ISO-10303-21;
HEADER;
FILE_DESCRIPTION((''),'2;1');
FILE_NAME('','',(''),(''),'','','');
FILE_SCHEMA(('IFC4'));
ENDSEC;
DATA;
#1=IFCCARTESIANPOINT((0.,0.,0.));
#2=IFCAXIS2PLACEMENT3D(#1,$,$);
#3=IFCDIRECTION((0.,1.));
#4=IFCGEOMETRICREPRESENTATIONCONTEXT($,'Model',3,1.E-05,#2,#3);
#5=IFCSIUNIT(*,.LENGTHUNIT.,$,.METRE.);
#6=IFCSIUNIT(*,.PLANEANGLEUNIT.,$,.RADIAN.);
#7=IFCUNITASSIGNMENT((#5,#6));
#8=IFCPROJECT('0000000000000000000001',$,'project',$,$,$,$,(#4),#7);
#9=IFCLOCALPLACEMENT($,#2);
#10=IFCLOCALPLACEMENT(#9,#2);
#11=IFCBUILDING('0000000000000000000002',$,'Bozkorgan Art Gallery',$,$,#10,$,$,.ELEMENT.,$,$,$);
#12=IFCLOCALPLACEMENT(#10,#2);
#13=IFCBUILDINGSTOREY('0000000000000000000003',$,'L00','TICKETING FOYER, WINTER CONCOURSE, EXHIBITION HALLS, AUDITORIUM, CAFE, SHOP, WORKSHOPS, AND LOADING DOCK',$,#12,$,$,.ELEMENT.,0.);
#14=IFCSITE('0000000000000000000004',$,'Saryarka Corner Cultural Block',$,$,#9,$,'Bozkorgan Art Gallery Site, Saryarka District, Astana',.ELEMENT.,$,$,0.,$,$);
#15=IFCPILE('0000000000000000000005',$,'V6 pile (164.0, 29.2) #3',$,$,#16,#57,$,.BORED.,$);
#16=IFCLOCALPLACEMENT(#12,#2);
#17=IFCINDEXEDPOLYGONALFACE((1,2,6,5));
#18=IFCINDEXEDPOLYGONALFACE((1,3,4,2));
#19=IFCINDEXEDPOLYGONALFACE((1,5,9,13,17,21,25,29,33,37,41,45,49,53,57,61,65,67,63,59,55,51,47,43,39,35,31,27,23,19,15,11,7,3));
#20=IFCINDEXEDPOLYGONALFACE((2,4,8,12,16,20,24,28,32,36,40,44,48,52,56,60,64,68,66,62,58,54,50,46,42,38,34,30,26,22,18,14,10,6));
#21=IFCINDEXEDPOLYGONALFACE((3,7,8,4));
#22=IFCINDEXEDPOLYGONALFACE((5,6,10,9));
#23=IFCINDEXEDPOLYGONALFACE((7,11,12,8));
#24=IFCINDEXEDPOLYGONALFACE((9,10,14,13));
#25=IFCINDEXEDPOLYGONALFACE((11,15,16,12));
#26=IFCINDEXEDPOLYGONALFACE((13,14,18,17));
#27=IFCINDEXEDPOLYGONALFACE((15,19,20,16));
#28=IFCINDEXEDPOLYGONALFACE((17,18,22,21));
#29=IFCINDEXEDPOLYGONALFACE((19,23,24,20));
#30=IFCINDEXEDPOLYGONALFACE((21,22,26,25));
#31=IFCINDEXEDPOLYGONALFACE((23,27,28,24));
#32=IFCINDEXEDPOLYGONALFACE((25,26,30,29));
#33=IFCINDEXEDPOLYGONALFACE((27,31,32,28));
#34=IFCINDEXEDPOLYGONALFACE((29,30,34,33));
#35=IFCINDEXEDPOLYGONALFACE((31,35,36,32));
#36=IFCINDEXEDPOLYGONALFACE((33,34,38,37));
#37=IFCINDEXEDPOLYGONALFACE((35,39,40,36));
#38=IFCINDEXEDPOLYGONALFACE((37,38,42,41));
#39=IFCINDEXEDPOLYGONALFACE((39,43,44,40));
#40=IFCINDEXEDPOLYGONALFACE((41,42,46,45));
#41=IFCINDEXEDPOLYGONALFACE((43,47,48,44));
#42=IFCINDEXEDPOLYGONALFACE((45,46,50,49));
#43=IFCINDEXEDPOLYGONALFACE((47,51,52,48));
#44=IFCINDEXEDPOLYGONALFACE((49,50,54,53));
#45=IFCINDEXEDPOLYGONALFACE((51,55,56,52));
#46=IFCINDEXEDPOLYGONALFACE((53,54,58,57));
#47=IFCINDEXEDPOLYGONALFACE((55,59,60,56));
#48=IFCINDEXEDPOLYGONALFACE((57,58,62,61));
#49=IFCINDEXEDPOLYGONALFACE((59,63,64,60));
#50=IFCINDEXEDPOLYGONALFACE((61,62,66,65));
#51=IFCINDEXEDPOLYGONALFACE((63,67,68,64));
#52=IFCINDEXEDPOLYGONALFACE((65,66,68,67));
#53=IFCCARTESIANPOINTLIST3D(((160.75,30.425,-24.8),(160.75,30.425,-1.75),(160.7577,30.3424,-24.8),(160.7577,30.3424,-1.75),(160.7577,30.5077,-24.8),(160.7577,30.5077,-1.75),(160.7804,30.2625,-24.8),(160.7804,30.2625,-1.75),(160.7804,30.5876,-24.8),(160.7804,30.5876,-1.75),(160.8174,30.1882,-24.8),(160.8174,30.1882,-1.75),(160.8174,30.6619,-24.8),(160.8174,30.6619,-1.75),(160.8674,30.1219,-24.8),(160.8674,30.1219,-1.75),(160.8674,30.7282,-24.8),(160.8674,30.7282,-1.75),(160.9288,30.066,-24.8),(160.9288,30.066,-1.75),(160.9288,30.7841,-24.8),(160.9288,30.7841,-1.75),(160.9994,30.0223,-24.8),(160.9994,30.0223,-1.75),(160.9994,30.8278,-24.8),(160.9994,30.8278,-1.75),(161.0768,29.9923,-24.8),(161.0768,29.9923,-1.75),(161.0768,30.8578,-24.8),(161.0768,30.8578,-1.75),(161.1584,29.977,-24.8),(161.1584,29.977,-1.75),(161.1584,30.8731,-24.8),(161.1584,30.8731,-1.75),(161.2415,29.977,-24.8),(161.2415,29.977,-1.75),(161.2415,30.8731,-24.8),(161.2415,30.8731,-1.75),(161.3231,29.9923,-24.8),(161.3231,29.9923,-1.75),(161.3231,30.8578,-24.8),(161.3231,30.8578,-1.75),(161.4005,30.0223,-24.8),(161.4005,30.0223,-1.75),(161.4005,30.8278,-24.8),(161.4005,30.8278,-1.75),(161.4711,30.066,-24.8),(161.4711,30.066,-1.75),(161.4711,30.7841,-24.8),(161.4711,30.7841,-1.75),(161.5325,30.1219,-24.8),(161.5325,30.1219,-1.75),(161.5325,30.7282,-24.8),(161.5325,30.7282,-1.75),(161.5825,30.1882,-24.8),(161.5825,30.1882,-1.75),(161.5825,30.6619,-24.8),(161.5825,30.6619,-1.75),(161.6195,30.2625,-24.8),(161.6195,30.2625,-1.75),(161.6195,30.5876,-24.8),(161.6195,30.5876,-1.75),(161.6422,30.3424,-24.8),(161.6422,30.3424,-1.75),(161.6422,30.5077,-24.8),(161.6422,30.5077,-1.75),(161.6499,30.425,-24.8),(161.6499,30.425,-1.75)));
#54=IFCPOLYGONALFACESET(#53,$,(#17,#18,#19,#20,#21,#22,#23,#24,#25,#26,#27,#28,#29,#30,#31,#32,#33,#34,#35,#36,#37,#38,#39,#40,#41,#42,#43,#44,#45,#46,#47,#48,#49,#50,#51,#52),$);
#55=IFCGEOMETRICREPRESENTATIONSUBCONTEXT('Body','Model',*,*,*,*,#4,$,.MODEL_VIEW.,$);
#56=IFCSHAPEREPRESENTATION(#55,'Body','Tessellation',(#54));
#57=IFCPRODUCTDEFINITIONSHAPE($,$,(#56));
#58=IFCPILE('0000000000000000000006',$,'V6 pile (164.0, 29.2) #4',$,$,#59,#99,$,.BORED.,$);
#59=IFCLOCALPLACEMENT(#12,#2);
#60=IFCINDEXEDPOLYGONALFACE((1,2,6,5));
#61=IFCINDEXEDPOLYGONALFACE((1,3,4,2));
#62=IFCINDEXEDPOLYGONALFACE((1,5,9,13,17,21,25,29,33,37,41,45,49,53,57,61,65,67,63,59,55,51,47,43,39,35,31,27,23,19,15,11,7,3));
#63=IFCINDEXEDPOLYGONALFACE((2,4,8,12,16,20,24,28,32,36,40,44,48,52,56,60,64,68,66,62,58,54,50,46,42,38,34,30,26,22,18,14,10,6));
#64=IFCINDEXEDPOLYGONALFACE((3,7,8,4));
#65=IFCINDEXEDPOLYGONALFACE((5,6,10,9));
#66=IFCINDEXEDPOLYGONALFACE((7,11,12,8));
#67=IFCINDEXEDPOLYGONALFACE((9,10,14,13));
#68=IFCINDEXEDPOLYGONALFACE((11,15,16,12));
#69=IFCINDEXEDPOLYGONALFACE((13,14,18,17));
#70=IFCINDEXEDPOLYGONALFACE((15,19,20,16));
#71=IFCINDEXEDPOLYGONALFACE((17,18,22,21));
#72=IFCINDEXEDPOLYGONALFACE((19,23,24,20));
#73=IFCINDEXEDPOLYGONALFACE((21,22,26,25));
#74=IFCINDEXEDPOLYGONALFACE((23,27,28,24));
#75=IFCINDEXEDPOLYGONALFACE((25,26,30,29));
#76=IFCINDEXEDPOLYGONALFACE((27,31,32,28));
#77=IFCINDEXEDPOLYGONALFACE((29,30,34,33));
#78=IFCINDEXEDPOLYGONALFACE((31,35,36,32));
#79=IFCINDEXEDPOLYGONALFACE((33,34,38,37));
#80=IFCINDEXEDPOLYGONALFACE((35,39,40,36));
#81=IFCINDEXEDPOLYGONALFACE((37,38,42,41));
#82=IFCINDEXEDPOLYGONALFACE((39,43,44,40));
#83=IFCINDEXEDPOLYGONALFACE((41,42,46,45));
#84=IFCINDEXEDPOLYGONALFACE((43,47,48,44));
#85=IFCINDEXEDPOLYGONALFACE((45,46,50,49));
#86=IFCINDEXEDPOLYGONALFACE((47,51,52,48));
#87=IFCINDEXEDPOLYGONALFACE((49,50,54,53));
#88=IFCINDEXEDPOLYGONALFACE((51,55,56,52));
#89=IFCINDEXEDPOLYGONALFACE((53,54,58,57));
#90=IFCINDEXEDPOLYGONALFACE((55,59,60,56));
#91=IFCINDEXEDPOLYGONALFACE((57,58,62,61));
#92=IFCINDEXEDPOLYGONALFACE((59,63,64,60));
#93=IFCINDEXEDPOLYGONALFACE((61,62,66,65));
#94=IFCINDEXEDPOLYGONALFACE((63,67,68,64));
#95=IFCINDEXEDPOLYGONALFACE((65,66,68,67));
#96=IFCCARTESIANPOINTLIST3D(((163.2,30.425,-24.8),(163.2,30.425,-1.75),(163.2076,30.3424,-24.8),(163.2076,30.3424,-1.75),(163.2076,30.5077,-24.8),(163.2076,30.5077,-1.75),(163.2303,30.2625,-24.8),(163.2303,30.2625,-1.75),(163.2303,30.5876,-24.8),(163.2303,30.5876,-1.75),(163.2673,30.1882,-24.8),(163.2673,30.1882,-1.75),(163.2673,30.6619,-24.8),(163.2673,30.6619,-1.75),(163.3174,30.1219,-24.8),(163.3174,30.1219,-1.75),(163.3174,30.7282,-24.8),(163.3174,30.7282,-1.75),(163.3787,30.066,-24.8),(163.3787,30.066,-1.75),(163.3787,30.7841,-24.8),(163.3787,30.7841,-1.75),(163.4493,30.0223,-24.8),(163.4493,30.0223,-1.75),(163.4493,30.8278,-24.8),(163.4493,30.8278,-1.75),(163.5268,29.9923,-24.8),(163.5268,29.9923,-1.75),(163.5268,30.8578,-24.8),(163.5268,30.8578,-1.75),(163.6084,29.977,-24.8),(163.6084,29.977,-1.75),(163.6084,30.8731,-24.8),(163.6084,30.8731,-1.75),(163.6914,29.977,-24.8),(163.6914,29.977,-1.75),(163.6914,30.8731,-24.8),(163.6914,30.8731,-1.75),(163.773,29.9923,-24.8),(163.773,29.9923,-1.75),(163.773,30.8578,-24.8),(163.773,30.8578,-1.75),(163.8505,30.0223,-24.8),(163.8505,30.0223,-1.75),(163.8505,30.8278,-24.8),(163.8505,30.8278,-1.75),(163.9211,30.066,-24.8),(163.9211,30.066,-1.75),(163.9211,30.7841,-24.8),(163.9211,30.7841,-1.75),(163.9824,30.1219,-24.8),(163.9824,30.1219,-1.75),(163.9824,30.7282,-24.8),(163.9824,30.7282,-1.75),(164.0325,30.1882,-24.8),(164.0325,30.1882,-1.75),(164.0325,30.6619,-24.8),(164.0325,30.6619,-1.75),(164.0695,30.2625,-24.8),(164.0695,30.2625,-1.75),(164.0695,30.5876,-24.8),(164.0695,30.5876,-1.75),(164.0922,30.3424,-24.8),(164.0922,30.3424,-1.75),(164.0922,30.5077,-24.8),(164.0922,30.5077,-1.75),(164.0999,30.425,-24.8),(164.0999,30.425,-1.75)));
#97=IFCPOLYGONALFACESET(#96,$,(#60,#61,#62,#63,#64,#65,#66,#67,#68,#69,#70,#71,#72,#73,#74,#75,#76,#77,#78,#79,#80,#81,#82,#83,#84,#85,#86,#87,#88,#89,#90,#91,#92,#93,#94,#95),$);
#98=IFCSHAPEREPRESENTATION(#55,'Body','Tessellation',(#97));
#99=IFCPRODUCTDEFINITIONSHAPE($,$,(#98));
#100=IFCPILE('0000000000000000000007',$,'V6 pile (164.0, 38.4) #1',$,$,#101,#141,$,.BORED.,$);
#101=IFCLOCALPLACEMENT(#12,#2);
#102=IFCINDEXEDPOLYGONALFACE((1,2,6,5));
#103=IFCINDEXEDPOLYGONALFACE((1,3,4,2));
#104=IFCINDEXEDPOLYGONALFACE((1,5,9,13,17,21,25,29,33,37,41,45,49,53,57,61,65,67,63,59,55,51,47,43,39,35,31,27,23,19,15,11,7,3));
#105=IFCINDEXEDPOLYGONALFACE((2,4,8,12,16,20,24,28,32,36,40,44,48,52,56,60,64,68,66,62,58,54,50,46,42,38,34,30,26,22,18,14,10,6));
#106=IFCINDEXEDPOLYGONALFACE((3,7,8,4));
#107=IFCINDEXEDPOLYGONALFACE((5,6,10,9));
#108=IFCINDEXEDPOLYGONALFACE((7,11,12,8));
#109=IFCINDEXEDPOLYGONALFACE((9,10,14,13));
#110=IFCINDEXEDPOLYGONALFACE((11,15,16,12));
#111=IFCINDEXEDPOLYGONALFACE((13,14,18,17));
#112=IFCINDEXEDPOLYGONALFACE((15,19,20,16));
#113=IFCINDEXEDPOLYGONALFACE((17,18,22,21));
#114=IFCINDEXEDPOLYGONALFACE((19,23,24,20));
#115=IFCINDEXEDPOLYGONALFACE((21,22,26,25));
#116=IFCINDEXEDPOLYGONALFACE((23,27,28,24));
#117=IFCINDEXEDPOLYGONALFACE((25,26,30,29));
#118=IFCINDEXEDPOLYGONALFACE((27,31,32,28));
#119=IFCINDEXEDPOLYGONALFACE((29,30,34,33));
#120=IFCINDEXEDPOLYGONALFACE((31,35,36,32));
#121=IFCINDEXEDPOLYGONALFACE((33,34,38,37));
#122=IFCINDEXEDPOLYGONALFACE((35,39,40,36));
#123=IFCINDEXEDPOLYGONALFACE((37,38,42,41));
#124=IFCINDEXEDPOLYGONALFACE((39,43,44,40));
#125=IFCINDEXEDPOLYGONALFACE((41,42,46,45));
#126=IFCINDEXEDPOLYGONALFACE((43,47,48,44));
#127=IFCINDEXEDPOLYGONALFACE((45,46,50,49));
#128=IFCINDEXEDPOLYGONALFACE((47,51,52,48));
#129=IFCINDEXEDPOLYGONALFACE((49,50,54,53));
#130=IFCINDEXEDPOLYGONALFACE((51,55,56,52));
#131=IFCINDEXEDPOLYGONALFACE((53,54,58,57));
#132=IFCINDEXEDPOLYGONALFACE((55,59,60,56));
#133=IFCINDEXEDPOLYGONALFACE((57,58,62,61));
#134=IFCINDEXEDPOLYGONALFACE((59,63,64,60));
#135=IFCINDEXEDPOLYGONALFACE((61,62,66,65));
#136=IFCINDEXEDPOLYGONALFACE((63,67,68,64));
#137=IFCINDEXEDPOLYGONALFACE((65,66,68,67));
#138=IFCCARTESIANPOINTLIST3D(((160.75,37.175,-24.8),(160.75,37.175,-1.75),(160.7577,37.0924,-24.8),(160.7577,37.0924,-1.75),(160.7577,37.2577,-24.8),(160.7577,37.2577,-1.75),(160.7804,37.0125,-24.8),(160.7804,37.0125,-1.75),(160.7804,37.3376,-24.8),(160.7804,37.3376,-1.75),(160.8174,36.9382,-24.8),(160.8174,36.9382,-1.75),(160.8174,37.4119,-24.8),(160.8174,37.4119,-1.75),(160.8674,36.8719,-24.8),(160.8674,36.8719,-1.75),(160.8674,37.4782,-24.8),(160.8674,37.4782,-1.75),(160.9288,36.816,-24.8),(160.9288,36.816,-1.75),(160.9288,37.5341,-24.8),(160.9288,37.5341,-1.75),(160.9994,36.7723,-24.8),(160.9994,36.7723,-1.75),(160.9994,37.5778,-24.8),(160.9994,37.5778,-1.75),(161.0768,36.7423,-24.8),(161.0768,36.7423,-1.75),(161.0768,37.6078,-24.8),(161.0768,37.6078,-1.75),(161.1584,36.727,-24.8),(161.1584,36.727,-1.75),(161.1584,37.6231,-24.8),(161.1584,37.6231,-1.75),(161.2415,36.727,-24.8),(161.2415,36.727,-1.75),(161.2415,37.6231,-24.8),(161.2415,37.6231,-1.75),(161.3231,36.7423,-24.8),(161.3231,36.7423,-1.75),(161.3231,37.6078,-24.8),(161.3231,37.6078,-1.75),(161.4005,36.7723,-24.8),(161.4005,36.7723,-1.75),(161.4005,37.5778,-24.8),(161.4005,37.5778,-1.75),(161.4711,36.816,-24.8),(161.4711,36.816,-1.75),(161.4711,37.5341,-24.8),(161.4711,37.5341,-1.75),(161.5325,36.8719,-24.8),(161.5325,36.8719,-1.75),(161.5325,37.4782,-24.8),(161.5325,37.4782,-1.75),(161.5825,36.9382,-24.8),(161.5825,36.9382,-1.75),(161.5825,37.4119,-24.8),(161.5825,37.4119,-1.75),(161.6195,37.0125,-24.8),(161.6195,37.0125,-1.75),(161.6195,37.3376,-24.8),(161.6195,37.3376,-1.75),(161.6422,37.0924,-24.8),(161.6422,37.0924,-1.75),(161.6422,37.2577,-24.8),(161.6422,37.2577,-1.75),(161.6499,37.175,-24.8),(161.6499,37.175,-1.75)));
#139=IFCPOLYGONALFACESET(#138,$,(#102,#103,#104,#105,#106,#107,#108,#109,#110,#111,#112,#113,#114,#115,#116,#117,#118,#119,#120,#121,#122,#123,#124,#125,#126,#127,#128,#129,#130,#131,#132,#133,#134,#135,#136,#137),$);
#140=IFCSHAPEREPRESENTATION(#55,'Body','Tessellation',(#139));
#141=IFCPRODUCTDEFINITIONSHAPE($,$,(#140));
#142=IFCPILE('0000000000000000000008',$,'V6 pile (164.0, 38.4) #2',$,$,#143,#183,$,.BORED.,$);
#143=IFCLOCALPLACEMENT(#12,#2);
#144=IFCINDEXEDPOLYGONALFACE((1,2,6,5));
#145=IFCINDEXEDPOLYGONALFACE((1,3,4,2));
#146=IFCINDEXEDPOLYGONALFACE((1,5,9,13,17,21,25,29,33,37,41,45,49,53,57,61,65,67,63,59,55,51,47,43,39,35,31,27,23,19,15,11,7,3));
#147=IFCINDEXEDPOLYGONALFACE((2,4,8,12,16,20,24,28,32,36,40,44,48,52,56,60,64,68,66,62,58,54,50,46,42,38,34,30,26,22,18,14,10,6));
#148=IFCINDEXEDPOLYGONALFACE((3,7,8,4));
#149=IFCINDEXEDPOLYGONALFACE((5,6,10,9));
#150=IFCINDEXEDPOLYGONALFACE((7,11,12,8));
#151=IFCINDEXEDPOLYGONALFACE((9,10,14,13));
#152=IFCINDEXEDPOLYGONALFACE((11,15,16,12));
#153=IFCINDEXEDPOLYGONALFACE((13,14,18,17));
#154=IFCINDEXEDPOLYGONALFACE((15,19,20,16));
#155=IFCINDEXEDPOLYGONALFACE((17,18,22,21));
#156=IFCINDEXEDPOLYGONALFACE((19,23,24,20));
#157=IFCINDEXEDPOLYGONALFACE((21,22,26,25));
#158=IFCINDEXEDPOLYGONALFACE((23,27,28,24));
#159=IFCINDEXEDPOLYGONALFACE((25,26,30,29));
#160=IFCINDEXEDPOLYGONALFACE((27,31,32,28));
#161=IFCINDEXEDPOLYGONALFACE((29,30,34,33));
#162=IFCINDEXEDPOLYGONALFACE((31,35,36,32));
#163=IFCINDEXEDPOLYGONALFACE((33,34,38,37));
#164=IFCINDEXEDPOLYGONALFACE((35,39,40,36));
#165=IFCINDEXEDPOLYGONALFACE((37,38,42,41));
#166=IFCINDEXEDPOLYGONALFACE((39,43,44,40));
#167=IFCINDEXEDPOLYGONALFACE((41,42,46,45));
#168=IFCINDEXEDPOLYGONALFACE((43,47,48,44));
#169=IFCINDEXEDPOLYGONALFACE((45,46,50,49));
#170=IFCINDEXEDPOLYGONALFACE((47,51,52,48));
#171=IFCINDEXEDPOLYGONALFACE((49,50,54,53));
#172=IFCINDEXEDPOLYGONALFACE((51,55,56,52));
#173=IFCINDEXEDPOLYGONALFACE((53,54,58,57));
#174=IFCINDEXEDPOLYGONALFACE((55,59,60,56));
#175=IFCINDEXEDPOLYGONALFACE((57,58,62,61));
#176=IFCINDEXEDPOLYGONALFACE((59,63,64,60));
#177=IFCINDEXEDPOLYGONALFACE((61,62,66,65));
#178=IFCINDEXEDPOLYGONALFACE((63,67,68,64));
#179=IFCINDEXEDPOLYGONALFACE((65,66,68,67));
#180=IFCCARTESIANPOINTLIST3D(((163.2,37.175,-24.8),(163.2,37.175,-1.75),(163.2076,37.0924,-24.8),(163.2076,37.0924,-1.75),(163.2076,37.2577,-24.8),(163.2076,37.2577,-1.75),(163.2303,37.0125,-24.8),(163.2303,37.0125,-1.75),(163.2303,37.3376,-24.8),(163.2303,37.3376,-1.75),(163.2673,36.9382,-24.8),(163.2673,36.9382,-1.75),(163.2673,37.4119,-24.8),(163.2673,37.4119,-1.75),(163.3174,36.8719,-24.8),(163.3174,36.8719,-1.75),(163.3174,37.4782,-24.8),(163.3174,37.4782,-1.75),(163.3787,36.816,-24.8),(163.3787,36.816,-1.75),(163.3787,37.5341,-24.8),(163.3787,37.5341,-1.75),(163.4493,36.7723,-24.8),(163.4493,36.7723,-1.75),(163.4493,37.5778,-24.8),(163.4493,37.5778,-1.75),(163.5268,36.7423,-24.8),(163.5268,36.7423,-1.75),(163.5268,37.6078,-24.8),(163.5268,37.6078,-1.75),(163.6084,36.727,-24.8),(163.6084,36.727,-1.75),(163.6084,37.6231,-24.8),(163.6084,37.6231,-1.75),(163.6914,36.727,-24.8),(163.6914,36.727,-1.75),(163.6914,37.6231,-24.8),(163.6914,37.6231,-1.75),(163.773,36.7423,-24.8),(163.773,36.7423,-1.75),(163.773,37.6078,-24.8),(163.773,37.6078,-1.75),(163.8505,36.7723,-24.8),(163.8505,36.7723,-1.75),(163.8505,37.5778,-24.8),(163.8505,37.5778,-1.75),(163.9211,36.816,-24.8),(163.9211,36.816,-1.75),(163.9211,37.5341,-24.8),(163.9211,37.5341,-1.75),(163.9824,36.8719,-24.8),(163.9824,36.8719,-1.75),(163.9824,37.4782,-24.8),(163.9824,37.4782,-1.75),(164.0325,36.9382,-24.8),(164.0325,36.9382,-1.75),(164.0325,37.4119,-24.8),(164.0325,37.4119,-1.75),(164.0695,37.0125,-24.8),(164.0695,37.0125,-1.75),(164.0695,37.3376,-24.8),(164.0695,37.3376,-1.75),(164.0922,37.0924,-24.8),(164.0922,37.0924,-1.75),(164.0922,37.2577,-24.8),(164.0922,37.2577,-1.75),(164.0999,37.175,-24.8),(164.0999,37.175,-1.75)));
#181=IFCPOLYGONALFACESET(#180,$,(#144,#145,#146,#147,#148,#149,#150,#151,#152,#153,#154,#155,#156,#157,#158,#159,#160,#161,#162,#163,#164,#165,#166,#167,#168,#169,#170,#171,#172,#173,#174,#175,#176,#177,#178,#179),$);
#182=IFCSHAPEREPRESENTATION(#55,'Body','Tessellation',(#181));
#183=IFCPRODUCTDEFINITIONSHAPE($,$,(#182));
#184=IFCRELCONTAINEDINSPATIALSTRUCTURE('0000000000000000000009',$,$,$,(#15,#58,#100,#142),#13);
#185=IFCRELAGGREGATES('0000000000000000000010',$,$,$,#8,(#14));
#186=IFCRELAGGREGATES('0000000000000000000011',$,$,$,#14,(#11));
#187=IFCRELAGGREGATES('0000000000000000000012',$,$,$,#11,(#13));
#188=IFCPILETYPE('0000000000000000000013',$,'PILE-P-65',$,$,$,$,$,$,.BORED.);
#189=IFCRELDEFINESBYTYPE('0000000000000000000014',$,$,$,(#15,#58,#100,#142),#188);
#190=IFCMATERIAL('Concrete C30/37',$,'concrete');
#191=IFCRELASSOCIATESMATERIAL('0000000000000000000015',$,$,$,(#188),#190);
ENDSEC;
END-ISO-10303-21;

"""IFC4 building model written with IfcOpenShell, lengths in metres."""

from ifc_helpers import new_model, si_unit, direction, frame, origin, origin_2d, place, context, subcontext, project, spatial, circle, extrude, material, material_profile, profile_set, type_object, element, save


model = new_model("IFC4")

# Units and contexts
model_context = context("Model", 3, precision=1e-05, world=origin(), true_north=direction((0.0, 1.0)))
body_context = subcontext(model_context, "Body", "Model", "MODEL_VIEW")
ifc_project = project(units=[si_unit("LENGTHUNIT", "METRE"), si_unit("PLANEANGLEUNIT", "RADIAN")], contexts=[model_context])

# Site, building, storey
site_placement = place(None, origin())
site = spatial("IfcSite", under=ifc_project, at=site_placement, Name="Saryarka Corner Cultural Block", LongName="Bozkorgan Art Gallery Site, Saryarka District, Astana", CompositionType="ELEMENT", RefElevation=0.0)
building_placement = place(site_placement, origin())
building = spatial("IfcBuilding", under=site, at=building_placement, Name="Bozkorgan Art Gallery", CompositionType="ELEMENT")
storey_placement = place(building_placement, origin())
storey = spatial("IfcBuildingStorey", under=building, at=storey_placement, Name="L00", Description="TICKETING FOYER, WINTER CONCOURSE, EXHIBITION HALLS, AUDITORIUM, CAFE, SHOP, WORKSHOPS, AND LOADING DOCK", CompositionType="ELEMENT", Elevation=0.0)

# Shared definitions
ifc_material_1 = material(Name="Concrete C30/37", Category="concrete")

# Piles
ifc_material_profile_1 = material_profile(ifc_material_1, circle(Radius=0.45, at=origin_2d()), Name="PILE D900")
ifc_profile_set_1 = profile_set([ifc_material_profile_1], Name="Concrete C30/37")
pile_type = type_object("IfcPileType", Name="PILE-P-65", PredefinedType="BORED", material=ifc_profile_set_1)
for number, where, z_axis, x_axis, name in (
    (1, (161.2, 30.425, -1.75), (0.0, 0.0, -1.0), (1.0, 0.0, 0.0), "V6 pile (164.0, 29.2) #3"),
    (2, (163.6499, 30.425, -1.75), (0.0, 0.0, -1.0), (1.0, 0.0, 0.0), "V6 pile (164.0, 29.2) #4"),
    (3, (161.2, 37.175, -1.75), (0.0, 0.0, -1.0), (1.0, 0.0, 0.0), "V6 pile (164.0, 38.4) #1"),
    (4, (163.6499, 37.175, -1.75), (0.0, 0.0, -1.0), (1.0, 0.0, 0.0), "V6 pile (164.0, 38.4) #2"),
):
    element("IfcPile", number, at=place(storey_placement, frame(where, z_axis=z_axis, x_axis=x_axis)), inside=storey, type_object=pile_type, Name=name, PredefinedType="BORED", context=body_context, shape_type="SweptSolid", body=[
        extrude(circle(Radius=0.45, at=origin_2d()), origin(), (0.0, 0.0, 1.0), 23.05),
    ])

save(model, "model.ifc")
